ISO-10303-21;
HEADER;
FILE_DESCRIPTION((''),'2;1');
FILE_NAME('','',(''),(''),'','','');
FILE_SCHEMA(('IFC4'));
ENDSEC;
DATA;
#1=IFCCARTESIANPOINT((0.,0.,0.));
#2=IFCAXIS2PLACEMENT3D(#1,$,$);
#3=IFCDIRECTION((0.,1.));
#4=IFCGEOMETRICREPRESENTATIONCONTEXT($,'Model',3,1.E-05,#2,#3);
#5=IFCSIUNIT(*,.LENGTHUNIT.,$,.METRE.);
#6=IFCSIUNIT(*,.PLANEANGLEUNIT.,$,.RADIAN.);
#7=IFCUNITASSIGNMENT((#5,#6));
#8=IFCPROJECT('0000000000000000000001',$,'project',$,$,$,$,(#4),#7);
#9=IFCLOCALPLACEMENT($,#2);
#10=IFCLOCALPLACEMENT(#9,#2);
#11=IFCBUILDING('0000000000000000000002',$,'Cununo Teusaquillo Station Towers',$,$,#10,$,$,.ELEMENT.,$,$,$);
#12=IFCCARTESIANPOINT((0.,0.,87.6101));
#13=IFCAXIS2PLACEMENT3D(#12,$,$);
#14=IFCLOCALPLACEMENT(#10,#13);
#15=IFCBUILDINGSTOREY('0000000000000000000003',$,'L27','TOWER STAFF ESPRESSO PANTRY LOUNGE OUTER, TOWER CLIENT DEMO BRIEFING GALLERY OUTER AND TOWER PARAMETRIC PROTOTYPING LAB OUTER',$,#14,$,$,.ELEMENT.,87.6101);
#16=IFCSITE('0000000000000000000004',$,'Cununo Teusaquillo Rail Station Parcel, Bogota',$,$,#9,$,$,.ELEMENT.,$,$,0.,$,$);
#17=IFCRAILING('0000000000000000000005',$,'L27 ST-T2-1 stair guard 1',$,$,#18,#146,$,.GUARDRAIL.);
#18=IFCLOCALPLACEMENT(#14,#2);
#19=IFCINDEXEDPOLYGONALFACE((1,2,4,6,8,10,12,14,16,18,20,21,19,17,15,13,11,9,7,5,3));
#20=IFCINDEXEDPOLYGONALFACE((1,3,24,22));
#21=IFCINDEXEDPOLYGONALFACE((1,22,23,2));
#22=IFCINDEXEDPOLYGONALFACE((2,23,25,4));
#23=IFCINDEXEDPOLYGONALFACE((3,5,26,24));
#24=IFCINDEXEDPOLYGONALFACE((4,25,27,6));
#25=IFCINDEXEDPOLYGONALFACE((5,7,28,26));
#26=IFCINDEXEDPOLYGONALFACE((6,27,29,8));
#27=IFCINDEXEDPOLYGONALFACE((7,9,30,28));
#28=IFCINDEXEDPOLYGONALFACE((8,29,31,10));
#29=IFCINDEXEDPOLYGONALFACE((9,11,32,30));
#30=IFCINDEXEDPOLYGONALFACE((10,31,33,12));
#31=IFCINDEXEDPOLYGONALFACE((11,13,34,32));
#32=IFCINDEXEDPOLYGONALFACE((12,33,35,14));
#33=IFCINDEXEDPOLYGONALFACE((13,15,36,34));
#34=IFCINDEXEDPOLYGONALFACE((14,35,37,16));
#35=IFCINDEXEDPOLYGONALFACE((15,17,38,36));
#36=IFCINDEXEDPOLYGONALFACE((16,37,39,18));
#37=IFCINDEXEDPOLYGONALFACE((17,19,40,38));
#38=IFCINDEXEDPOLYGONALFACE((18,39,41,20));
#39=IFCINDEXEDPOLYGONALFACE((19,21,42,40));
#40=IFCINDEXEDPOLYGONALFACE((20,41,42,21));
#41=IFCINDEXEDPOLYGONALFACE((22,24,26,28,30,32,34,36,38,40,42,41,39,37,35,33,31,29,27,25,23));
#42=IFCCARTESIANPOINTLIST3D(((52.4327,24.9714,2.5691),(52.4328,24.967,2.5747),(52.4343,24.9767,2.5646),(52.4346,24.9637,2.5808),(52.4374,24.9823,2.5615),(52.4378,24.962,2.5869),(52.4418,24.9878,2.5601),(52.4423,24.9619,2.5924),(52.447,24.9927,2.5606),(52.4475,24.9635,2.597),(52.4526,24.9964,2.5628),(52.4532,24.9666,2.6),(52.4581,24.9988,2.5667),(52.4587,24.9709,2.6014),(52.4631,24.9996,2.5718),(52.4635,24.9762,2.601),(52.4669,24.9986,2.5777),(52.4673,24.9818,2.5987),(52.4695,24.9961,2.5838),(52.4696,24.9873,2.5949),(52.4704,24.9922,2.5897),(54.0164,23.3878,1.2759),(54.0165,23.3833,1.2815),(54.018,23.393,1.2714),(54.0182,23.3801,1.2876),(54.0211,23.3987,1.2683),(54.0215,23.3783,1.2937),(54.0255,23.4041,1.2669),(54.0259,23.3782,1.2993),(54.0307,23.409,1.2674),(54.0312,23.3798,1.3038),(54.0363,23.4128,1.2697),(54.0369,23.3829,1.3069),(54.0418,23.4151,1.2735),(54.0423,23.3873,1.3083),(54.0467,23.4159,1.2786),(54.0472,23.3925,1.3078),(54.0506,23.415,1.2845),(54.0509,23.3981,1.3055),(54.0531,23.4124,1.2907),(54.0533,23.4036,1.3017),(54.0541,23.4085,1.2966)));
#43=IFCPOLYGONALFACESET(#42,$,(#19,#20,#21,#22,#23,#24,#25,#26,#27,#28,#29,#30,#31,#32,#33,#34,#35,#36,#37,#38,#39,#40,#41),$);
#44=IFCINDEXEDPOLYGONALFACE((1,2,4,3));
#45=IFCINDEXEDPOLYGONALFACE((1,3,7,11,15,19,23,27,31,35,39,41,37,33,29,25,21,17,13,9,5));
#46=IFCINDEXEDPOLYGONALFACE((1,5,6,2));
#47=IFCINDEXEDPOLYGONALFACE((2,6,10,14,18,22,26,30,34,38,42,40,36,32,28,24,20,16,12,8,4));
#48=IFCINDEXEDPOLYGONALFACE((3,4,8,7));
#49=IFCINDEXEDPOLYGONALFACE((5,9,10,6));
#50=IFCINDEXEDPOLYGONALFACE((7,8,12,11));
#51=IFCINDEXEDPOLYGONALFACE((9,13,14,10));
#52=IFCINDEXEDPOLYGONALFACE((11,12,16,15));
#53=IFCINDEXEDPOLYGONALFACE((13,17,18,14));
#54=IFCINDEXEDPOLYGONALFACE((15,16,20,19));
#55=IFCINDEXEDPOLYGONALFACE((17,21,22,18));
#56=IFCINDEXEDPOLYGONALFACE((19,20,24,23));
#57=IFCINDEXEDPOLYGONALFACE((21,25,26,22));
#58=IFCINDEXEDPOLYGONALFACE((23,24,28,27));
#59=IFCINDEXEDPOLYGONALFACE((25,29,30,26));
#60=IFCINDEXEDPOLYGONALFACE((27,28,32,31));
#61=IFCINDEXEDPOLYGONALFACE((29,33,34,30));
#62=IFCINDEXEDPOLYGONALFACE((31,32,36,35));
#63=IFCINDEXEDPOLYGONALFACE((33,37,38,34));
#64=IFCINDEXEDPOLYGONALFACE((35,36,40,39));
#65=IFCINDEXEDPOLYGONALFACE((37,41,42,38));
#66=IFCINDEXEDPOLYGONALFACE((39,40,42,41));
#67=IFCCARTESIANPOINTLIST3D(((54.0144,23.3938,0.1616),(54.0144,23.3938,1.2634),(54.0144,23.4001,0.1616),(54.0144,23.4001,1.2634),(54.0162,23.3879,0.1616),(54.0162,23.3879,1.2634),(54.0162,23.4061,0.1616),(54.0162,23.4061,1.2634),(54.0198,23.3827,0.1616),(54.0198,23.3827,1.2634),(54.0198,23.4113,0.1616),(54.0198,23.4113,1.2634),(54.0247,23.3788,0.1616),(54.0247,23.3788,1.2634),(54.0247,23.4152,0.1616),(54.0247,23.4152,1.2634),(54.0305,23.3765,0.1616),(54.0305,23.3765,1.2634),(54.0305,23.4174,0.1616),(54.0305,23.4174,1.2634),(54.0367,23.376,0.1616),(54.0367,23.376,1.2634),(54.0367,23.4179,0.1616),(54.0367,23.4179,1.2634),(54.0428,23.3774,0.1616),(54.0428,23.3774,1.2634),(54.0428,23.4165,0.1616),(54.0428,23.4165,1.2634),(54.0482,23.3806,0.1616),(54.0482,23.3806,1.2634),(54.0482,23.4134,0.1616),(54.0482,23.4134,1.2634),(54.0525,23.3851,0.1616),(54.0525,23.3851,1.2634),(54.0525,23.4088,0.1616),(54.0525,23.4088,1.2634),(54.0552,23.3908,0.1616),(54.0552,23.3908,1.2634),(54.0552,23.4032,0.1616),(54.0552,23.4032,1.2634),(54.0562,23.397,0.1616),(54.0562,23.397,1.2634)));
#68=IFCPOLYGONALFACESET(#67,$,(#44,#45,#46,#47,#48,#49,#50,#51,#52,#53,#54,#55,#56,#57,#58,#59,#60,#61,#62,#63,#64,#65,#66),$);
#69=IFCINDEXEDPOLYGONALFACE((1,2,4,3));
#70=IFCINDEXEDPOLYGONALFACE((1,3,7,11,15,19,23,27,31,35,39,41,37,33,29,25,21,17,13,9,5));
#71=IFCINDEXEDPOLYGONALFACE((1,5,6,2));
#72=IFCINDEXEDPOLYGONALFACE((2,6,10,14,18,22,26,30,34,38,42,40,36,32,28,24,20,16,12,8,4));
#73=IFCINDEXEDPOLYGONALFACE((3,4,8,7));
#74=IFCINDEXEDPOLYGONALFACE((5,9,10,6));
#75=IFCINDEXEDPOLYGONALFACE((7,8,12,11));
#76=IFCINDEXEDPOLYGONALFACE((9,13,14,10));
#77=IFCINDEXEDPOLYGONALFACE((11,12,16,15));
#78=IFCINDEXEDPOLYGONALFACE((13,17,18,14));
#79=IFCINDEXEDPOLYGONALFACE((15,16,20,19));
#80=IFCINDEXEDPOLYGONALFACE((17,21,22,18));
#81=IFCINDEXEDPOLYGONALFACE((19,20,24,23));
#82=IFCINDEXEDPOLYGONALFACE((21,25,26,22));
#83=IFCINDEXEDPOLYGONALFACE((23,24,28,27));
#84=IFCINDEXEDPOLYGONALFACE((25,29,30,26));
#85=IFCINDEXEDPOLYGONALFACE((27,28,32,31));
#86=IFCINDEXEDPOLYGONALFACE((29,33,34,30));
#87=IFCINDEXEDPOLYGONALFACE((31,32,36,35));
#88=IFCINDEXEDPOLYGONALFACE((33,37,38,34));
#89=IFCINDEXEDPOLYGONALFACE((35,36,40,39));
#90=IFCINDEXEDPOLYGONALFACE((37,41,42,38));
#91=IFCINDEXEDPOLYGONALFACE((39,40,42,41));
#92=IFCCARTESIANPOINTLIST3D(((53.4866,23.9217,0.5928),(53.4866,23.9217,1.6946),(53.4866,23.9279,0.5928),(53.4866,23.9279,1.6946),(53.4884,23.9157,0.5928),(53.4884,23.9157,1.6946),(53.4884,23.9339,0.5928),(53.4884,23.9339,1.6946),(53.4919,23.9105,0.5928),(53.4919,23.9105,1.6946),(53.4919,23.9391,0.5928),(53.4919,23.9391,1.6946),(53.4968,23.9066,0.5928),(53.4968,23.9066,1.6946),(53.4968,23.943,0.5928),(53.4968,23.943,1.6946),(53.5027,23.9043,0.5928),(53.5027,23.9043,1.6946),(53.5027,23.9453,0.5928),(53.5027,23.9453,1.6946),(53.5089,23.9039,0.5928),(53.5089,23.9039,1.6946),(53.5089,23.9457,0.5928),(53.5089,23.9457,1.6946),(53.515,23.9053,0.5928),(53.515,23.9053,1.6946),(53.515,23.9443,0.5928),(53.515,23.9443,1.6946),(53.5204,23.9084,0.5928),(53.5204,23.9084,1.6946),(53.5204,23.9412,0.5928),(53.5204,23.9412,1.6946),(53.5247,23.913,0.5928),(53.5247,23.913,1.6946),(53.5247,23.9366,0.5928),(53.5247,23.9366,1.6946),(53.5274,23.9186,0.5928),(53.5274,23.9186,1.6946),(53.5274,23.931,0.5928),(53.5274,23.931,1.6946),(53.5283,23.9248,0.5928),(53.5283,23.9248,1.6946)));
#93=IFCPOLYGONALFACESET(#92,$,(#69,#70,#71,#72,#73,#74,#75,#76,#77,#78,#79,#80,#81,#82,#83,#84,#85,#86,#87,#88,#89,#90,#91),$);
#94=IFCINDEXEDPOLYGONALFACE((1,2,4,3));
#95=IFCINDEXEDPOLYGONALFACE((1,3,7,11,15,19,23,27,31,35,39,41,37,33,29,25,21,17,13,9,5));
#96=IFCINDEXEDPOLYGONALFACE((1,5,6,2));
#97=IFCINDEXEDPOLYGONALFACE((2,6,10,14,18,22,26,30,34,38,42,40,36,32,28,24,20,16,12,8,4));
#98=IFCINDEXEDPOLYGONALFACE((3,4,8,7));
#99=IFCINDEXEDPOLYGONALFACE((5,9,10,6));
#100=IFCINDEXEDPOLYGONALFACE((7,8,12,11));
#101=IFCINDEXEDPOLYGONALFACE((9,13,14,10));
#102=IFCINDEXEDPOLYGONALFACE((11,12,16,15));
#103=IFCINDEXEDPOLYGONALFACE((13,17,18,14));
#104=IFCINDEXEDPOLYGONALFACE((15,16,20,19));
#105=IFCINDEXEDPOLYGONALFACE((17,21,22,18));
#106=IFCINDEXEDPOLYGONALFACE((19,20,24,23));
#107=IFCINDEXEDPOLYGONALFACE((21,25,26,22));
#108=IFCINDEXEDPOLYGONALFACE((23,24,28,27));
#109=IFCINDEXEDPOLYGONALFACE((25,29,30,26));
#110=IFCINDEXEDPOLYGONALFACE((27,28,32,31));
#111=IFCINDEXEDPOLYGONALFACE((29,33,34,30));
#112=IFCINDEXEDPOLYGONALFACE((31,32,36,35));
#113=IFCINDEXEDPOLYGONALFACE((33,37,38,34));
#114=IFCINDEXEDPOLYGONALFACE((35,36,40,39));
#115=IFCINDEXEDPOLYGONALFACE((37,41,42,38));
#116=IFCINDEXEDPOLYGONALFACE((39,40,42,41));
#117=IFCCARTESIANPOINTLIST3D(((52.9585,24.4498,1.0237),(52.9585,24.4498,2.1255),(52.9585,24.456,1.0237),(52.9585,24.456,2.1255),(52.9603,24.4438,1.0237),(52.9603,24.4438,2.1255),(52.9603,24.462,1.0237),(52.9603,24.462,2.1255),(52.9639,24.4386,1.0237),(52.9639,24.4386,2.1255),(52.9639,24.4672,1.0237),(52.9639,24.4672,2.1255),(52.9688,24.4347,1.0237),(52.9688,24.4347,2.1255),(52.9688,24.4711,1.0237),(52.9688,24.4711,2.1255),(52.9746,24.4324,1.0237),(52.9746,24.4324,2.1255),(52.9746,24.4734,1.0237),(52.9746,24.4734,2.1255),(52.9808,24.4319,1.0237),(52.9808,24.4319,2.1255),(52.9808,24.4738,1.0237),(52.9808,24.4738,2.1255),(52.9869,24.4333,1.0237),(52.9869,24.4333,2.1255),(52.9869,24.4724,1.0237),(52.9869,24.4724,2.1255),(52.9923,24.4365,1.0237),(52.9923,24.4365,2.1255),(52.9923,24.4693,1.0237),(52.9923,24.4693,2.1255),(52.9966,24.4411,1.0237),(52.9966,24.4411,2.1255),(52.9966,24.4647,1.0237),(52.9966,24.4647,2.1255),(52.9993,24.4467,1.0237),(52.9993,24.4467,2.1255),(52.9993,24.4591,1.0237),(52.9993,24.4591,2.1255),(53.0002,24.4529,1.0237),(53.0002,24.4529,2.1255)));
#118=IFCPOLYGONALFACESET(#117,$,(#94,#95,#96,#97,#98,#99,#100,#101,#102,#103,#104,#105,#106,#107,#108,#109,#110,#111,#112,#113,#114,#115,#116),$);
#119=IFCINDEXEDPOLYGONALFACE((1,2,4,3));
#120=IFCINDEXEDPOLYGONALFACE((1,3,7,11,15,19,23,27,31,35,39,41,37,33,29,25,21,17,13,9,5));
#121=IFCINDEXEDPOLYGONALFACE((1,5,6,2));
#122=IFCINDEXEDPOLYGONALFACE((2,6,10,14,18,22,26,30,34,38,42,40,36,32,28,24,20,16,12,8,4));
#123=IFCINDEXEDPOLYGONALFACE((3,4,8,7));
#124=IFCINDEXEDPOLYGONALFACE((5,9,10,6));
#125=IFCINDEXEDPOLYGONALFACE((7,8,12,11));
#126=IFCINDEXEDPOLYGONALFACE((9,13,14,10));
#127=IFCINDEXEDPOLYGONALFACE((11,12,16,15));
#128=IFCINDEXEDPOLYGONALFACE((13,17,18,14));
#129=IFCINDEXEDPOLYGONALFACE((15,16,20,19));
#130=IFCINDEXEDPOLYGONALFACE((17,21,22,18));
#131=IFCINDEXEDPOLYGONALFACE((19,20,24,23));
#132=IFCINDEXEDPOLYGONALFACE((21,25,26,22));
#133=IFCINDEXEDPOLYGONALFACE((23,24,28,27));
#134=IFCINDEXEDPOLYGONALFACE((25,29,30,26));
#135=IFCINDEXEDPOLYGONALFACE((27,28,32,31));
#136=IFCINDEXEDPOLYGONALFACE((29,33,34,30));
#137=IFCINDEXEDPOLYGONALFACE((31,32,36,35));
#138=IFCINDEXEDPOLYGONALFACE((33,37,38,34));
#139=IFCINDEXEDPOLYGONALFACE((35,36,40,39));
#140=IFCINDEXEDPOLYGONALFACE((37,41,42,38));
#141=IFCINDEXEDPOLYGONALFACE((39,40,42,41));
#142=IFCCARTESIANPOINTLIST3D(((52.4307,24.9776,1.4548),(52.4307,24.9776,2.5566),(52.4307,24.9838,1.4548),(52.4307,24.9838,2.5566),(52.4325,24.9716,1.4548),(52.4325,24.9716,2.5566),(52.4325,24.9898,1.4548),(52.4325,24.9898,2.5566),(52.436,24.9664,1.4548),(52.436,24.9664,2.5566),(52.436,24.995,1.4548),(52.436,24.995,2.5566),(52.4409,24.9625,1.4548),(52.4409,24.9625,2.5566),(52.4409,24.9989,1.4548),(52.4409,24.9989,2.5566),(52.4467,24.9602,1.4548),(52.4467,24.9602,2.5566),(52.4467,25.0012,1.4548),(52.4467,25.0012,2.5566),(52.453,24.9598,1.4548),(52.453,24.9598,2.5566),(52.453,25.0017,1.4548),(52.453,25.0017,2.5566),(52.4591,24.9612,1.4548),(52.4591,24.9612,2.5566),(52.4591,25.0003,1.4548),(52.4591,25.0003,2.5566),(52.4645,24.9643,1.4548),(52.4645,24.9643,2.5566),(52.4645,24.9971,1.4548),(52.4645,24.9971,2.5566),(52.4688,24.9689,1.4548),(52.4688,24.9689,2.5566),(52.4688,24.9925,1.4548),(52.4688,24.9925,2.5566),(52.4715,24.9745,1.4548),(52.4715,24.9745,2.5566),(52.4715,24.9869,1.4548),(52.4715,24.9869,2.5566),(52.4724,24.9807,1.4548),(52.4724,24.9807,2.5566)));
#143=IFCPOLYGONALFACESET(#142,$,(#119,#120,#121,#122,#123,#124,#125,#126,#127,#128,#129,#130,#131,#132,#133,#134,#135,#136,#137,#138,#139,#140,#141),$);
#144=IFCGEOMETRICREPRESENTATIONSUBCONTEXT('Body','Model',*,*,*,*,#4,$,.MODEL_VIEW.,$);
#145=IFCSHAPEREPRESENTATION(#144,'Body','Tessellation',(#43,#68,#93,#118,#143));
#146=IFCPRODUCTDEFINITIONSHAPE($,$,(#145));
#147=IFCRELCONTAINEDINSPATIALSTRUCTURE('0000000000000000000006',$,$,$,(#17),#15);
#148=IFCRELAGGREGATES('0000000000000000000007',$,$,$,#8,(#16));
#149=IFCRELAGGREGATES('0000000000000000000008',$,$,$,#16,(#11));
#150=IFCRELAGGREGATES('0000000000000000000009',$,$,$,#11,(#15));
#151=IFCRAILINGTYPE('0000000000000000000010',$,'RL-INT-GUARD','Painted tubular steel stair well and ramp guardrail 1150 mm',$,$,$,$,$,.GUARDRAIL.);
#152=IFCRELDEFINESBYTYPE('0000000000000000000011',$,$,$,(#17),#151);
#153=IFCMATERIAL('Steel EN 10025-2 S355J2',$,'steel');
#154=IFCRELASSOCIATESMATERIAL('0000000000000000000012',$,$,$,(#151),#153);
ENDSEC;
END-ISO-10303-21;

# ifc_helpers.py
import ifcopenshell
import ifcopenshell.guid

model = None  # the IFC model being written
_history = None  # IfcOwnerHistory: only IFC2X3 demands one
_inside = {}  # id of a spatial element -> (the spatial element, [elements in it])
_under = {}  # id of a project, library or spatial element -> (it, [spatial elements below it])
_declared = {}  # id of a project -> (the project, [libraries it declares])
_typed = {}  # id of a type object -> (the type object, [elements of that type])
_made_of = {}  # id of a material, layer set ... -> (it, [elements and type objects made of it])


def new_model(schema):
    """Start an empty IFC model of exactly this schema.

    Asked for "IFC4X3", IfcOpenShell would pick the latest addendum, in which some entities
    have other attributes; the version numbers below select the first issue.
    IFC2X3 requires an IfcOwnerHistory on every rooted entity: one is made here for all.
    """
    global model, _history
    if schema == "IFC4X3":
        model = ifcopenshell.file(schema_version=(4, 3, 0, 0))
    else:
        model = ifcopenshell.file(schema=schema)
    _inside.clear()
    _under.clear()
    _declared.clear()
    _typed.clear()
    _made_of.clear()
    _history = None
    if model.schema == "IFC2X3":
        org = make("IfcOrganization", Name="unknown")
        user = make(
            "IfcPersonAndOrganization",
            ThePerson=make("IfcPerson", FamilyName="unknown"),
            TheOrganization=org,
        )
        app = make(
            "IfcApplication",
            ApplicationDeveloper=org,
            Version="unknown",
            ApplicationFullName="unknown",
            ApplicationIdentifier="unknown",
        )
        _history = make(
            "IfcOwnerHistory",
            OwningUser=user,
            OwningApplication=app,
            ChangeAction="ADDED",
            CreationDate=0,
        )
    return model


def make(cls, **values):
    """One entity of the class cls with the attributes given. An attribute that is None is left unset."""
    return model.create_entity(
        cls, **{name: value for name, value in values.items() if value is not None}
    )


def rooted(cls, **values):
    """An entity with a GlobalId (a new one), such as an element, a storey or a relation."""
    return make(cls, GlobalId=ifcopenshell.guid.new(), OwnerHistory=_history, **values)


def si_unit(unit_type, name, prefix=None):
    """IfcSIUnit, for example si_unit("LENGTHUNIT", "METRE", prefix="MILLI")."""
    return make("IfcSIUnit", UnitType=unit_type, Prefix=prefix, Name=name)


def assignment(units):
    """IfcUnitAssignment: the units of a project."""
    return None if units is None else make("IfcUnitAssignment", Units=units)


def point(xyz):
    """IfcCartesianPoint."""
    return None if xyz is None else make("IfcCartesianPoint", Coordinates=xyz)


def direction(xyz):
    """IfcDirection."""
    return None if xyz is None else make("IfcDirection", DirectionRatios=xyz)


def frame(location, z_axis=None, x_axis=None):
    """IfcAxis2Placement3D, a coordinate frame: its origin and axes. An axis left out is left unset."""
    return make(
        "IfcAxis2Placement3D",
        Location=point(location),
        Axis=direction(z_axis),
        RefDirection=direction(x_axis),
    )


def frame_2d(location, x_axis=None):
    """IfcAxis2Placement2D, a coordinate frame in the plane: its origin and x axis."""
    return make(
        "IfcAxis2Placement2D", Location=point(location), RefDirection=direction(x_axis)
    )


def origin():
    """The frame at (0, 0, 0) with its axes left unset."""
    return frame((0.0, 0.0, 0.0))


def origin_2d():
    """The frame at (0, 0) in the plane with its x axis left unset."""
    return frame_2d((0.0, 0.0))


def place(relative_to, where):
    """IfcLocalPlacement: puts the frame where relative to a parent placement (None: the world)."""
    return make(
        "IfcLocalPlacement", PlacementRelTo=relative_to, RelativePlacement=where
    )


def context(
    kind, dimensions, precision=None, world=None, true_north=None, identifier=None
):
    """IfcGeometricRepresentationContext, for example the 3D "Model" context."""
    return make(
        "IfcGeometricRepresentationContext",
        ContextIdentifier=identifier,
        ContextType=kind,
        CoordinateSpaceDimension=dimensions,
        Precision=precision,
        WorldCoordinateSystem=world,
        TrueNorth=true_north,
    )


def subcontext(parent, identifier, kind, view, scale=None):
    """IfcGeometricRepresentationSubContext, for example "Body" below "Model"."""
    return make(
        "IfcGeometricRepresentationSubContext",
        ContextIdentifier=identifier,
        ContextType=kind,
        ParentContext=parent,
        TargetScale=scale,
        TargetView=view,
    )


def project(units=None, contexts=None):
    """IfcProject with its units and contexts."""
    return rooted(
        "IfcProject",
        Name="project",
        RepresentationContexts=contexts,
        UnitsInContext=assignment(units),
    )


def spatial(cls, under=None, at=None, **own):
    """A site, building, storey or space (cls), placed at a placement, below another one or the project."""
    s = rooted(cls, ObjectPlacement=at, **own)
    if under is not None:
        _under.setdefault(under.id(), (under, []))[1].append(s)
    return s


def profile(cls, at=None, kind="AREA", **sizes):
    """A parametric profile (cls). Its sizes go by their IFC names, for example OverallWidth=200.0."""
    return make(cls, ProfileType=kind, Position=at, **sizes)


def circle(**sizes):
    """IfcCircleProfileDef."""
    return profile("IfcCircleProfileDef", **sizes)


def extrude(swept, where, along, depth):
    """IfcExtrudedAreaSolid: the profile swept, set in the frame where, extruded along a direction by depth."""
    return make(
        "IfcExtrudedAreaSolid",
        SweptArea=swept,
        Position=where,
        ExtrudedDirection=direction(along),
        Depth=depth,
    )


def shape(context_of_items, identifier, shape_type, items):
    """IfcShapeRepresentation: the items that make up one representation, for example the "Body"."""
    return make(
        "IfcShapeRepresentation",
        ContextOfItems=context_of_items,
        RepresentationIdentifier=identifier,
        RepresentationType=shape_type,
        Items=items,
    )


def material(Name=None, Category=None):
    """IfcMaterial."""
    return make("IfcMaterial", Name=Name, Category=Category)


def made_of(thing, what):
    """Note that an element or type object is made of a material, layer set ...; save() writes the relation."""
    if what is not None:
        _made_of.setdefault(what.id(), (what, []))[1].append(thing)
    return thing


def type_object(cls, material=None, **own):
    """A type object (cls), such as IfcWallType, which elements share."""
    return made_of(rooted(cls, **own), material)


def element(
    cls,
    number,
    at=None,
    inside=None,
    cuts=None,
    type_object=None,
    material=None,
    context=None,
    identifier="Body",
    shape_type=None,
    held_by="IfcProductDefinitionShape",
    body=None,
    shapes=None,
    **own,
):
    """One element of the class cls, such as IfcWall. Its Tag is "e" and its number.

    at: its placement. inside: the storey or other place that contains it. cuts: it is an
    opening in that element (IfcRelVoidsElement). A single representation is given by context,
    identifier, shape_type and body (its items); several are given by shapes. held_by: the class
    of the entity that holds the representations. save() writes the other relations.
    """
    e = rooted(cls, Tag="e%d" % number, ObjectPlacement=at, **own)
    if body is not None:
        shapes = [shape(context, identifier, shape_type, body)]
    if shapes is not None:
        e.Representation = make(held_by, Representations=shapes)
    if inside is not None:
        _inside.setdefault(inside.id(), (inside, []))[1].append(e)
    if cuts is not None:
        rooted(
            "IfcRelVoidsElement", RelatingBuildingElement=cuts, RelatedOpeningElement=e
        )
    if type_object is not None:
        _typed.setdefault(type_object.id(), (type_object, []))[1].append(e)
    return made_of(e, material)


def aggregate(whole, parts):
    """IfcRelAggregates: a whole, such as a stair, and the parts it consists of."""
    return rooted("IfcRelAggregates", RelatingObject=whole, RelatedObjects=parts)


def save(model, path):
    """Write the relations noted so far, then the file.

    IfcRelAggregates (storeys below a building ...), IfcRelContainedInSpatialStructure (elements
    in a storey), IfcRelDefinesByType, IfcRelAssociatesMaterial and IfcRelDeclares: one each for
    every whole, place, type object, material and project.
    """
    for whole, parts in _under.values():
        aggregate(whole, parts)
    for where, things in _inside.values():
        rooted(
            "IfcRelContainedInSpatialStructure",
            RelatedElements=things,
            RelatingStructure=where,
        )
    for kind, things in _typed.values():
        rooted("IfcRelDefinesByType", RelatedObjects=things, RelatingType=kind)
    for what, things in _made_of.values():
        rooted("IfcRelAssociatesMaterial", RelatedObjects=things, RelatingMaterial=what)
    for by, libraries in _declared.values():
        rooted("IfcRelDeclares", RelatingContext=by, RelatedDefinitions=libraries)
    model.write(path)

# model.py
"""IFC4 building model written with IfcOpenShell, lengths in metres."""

from ifc_helpers import new_model, si_unit, direction, frame, origin, origin_2d, place, context, subcontext, project, spatial, circle, extrude, material, type_object, element, save


model = new_model("IFC4")

# Units and contexts
model_context = context("Model", 3, precision=1e-05, world=origin(), true_north=direction((0.0, 1.0)))
body_context = subcontext(model_context, "Body", "Model", "MODEL_VIEW")
ifc_project = project(units=[si_unit("LENGTHUNIT", "METRE"), si_unit("PLANEANGLEUNIT", "RADIAN")], contexts=[model_context])

# Site, building, storey
site_placement = place(None, origin())
site = spatial("IfcSite", under=ifc_project, at=site_placement, Name="Cununo Teusaquillo Rail Station Parcel, Bogota", CompositionType="ELEMENT", RefElevation=0.0)
building_placement = place(site_placement, origin())
building = spatial("IfcBuilding", under=site, at=building_placement, Name="Cununo Teusaquillo Station Towers", CompositionType="ELEMENT")
storey_placement = place(building_placement, frame((0.0, 0.0, 87.6101)))
storey = spatial("IfcBuildingStorey", under=building, at=storey_placement, Name="L27", Description="TOWER STAFF ESPRESSO PANTRY LOUNGE OUTER, TOWER CLIENT DEMO BRIEFING GALLERY OUTER AND TOWER PARAMETRIC PROTOTYPING LAB OUTER", CompositionType="ELEMENT", Elevation=87.6101)

# Railing
ifc_material_1 = material(Name="Steel EN 10025-2 S355J2", Category="steel")
railing_type_1 = type_object("IfcRailingType", Name="RL-INT-GUARD", Description="Painted tubular steel stair well and ramp guardrail 1150 mm", PredefinedType="GUARDRAIL", material=ifc_material_1)
railing_1_placement = place(storey_placement, frame((54.0352, 23.397, 0.1616)))
element("IfcRailing", 1, at=railing_1_placement, inside=storey, type_object=railing_type_1, Name="L27 ST-T2-1 stair guard 1", PredefinedType="GUARDRAIL", context=body_context, shape_type="SweptSolid", body=[
    extrude(circle(Radius=0.0239, at=origin_2d()), frame((0.0, 0.0, 1.126), z_axis=(-0.612361, 0.612361, 0.500027), x_axis=(-0.707107, -0.707107, 0.0)), (0.0, 0.0, 1.0), 2.5862),
    extrude(circle(Radius=0.021, at=origin_2d()), origin(), (0.0, 0.0, 1.0), 1.1018),
    extrude(circle(Radius=0.021, at=origin_2d()), frame((-0.5278, 0.5278, 0.4312)), (0.0, 0.0, 1.0), 1.1018),
    extrude(circle(Radius=0.021, at=origin_2d()), frame((-1.0559, 1.0559, 0.8621)), (0.0, 0.0, 1.0), 1.1018),
    extrude(circle(Radius=0.021, at=origin_2d()), frame((-1.5837, 1.5837, 1.2932)), (0.0, 0.0, 1.0), 1.1018),
])

save(model, "model.ifc")
